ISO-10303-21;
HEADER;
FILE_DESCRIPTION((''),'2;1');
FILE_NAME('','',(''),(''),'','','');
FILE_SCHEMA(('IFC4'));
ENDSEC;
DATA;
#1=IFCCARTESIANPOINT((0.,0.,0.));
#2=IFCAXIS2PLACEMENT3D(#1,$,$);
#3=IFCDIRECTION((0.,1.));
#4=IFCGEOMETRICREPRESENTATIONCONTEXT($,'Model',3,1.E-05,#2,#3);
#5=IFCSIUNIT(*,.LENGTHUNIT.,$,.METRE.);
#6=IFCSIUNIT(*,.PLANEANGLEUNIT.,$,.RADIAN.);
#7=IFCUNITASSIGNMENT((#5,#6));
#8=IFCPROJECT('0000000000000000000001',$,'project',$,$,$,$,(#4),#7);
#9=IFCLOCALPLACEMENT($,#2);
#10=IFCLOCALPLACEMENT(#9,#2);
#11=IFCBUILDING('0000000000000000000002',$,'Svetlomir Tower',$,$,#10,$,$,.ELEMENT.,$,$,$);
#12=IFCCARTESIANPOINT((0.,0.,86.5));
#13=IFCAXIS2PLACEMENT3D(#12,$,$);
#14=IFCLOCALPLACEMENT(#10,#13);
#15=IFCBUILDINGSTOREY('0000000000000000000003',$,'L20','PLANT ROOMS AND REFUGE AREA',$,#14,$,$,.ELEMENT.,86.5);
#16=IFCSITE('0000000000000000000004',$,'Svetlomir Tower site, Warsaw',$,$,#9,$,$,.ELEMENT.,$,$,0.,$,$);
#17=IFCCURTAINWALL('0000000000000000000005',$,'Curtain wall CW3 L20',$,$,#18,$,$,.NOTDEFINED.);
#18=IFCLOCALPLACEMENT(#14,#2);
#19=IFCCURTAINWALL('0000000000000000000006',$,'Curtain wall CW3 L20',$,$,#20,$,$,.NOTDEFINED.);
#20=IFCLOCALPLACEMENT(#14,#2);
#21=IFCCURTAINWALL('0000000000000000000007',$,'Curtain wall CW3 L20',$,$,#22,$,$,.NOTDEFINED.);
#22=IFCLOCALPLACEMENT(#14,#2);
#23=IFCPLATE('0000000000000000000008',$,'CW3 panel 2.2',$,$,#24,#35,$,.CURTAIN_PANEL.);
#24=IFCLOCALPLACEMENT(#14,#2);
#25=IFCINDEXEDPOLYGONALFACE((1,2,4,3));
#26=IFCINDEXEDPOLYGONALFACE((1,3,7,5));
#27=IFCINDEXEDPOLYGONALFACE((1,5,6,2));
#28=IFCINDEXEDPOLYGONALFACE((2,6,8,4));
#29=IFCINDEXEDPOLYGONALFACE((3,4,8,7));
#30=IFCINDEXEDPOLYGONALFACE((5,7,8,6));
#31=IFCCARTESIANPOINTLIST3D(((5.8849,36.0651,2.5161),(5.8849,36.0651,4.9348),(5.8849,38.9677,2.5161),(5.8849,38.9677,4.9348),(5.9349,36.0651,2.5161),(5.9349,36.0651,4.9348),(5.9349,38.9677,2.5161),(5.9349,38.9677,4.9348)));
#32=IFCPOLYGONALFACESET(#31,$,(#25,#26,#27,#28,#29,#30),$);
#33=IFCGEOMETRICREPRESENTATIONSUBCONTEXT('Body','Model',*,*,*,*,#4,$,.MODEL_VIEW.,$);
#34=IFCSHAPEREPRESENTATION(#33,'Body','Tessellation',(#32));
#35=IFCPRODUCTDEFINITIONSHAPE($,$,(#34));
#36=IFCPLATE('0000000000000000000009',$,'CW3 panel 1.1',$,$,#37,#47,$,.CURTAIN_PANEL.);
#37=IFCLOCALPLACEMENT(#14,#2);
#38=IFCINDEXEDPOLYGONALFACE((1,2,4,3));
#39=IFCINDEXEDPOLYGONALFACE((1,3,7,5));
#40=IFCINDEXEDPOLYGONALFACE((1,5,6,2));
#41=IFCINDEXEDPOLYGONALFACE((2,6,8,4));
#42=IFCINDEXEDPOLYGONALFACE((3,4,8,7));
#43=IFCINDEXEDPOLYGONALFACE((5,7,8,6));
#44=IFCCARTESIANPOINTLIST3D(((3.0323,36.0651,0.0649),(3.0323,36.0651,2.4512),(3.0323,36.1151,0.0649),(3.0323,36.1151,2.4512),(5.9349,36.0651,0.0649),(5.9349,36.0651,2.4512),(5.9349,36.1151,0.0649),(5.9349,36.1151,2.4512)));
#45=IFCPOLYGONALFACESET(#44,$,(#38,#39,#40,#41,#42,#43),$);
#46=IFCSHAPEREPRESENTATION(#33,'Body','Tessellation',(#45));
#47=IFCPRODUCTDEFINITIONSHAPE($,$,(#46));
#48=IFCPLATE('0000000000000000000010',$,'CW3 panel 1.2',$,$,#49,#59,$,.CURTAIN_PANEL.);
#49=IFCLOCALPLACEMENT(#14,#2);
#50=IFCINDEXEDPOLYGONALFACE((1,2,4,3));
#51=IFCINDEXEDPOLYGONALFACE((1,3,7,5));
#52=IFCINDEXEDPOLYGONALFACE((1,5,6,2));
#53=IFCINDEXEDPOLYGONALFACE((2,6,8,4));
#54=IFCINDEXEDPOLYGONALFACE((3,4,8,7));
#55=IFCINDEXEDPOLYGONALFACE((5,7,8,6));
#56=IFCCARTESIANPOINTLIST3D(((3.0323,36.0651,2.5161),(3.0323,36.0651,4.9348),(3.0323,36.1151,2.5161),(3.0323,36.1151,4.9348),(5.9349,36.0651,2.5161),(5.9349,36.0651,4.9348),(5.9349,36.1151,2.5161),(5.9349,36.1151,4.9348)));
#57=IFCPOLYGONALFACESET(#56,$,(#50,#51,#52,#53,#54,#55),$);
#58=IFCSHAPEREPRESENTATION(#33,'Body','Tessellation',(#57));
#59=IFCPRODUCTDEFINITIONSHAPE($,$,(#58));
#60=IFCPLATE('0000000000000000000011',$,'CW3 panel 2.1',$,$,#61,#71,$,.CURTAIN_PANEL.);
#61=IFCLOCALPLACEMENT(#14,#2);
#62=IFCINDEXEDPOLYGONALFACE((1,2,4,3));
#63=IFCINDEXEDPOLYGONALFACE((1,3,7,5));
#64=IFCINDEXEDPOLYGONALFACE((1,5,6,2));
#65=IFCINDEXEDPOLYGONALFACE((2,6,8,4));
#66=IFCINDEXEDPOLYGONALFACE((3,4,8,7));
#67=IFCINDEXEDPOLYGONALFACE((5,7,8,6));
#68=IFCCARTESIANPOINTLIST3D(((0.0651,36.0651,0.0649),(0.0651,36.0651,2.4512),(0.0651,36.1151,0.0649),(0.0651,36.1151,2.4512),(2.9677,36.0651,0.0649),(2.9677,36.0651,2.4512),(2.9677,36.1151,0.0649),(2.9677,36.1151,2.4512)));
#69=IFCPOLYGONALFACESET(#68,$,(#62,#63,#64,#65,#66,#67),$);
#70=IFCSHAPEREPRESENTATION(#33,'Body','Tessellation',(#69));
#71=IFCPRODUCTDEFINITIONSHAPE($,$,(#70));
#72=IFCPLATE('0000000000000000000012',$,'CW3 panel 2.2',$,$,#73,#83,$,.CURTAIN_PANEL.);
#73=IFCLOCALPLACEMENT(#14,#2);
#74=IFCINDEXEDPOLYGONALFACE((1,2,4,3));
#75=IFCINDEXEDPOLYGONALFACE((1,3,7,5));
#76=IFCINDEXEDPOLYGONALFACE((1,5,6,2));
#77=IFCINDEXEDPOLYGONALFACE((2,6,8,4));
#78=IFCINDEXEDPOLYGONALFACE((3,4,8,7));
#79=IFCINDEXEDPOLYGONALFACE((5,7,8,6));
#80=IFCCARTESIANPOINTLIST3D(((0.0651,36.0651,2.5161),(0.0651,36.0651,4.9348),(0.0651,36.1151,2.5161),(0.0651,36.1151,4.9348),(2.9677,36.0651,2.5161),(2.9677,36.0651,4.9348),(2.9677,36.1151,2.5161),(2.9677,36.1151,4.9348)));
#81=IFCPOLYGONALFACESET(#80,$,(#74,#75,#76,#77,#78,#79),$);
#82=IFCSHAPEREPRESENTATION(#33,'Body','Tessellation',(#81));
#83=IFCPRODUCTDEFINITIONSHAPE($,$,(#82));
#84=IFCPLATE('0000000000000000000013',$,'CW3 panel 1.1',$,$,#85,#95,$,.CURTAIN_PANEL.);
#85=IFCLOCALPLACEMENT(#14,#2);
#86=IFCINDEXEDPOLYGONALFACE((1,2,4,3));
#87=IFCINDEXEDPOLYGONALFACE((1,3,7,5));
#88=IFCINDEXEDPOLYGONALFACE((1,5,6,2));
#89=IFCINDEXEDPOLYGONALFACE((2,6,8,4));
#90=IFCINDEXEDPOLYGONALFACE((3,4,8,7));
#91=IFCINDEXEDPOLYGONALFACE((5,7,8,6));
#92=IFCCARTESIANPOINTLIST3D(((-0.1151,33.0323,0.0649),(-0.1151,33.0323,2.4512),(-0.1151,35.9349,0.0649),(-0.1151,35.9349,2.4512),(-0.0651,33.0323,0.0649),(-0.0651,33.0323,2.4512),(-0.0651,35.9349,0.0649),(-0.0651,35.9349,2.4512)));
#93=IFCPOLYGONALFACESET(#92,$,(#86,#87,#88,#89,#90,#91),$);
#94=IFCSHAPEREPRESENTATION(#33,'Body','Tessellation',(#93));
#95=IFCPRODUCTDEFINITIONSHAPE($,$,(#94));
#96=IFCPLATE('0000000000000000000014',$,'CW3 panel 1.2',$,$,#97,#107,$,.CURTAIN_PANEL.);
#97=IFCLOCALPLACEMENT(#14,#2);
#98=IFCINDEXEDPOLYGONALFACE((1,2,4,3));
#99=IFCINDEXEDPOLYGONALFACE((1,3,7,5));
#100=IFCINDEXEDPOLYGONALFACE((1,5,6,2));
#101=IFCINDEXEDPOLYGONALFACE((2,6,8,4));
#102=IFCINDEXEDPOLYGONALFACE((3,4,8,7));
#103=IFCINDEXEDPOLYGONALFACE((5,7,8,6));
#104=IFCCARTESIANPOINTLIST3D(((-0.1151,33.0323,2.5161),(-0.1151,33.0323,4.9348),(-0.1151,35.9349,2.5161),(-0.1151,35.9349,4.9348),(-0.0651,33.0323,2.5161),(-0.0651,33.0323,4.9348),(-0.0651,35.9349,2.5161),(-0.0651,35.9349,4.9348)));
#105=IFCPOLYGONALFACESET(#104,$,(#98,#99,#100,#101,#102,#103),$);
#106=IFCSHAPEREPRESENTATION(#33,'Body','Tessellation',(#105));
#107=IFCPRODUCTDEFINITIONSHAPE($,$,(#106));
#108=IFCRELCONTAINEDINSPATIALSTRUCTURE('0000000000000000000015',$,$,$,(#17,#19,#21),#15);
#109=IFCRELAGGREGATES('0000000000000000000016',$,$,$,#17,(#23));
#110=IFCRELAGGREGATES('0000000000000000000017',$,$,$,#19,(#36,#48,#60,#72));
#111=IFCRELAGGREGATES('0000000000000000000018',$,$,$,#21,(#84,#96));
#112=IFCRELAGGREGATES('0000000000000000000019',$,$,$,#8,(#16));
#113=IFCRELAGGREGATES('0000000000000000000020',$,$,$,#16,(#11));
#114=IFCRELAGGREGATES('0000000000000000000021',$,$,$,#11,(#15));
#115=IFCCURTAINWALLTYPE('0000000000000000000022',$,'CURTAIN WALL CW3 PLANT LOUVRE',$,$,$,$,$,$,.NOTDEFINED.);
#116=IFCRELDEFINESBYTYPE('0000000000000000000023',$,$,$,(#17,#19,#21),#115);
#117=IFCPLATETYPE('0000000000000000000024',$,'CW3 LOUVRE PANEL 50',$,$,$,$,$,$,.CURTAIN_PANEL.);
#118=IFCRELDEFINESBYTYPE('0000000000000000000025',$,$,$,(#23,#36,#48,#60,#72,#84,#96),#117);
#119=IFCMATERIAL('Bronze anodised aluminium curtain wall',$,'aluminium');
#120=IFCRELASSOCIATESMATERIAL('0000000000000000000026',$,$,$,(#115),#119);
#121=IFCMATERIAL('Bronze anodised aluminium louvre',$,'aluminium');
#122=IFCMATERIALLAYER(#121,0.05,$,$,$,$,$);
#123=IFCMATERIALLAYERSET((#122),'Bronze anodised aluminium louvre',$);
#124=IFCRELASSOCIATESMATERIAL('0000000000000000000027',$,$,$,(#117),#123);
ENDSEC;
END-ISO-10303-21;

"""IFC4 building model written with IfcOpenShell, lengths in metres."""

from ifc_helpers import new_model, si_unit, direction, frame, origin, origin_2d, place, context, subcontext, project, spatial, rectangle, extrude, material, layer, layer_set, type_object, element, aggregate, save


model = new_model("IFC4")

# Units and contexts
model_context = context("Model", 3, precision=1e-05, world=origin(), true_north=direction((0.0, 1.0)))
body_context = subcontext(model_context, "Body", "Model", "MODEL_VIEW")
ifc_project = project(units=[si_unit("LENGTHUNIT", "METRE"), si_unit("PLANEANGLEUNIT", "RADIAN")], contexts=[model_context])

# Site, building, storey
site_placement = place(None, origin())
site = spatial("IfcSite", under=ifc_project, at=site_placement, Name="Svetlomir Tower site, Warsaw", CompositionType="ELEMENT", RefElevation=0.0)
building_placement = place(site_placement, origin())
building = spatial("IfcBuilding", under=site, at=building_placement, Name="Svetlomir Tower", CompositionType="ELEMENT")
storey_placement = place(building_placement, frame((0.0, 0.0, 86.5)))
storey = spatial("IfcBuildingStorey", under=building, at=storey_placement, Name="L20", Description="PLANT ROOMS AND REFUGE AREA", CompositionType="ELEMENT", Elevation=86.5)

# Curtain walls
ifc_material_1 = material(Name="Bronze anodised aluminium curtain wall", Category="aluminium")
curtain_wall_type = type_object("IfcCurtainWallType", Name="CURTAIN WALL CW3 PLANT LOUVRE", PredefinedType="NOTDEFINED", material=ifc_material_1)
curtain_wall_1_placement = place(storey_placement, origin())
curtain_wall_1 = element("IfcCurtainWall", 1, at=curtain_wall_1_placement, inside=storey, type_object=curtain_wall_type, Name="Curtain wall CW3 L20", PredefinedType="NOTDEFINED")
curtain_wall_2_placement = place(storey_placement, origin())
curtain_wall_2 = element("IfcCurtainWall", 2, at=curtain_wall_2_placement, inside=storey, type_object=curtain_wall_type, Name="Curtain wall CW3 L20", PredefinedType="NOTDEFINED")
curtain_wall_3_placement = place(storey_placement, origin())
curtain_wall_3 = element("IfcCurtainWall", 3, at=curtain_wall_3_placement, inside=storey, type_object=curtain_wall_type, Name="Curtain wall CW3 L20", PredefinedType="NOTDEFINED")

# Plates
ifc_material_2 = material(Name="Bronze anodised aluminium louvre", Category="aluminium")
ifc_layer = layer(ifc_material_2, 0.05)
ifc_layer_set = layer_set([ifc_layer], Name="Bronze anodised aluminium louvre")
plate_type = type_object("IfcPlateType", Name="CW3 LOUVRE PANEL 50", PredefinedType="CURTAIN_PANEL", material=ifc_layer_set)
plate_1_placement = place(storey_placement, frame((5.9099, 37.5164, 2.5161), z_axis=(0.0, 0.0, 1.0), x_axis=(0.0, -1.0, 0.0)))
plate_1 = element("IfcPlate", 4, at=plate_1_placement, type_object=plate_type, Name="CW3 panel 2.2", PredefinedType="CURTAIN_PANEL", context=body_context, shape_type="SweptSolid", body=[
    extrude(rectangle(XDim=2.9026, YDim=0.05, at=origin_2d()), origin(), (0.0, 0.0, 1.0), 2.4187),
])
aggregate(curtain_wall_1, [plate_1])
plate_2_placement = place(storey_placement, frame((4.4836, 36.0901, 0.0649), z_axis=(0.0, 0.0, 1.0), x_axis=(-1.0, 0.0, 0.0)))
plate_2 = element("IfcPlate", 5, at=plate_2_placement, type_object=plate_type, Name="CW3 panel 1.1", PredefinedType="CURTAIN_PANEL", context=body_context, shape_type="SweptSolid", body=[
    extrude(rectangle(XDim=2.9026, YDim=0.05, at=origin_2d()), origin(), (0.0, 0.0, 1.0), 2.3862),
])
plate_3_placement = place(storey_placement, frame((4.4836, 36.0901, 2.5161), z_axis=(0.0, 0.0, 1.0), x_axis=(-1.0, 0.0, 0.0)))
plate_3 = element("IfcPlate", 6, at=plate_3_placement, type_object=plate_type, Name="CW3 panel 1.2", PredefinedType="CURTAIN_PANEL", context=body_context, shape_type="SweptSolid", body=[
    extrude(rectangle(XDim=2.9026, YDim=0.05, at=origin_2d()), origin(), (0.0, 0.0, 1.0), 2.4187),
])
plate_4_placement = place(storey_placement, frame((1.5164, 36.0901, 0.0649), z_axis=(0.0, 0.0, 1.0), x_axis=(-1.0, 0.0, 0.0)))
plate_4 = element("IfcPlate", 7, at=plate_4_placement, type_object=plate_type, Name="CW3 panel 2.1", PredefinedType="CURTAIN_PANEL", context=body_context, shape_type="SweptSolid", body=[
    extrude(rectangle(XDim=2.9026, YDim=0.05, at=origin_2d()), origin(), (0.0, 0.0, 1.0), 2.3862),
])
plate_5_placement = place(storey_placement, frame((1.5164, 36.0901, 2.5161), z_axis=(0.0, 0.0, 1.0), x_axis=(-1.0, 0.0, 0.0)))
plate_5 = element("IfcPlate", 8, at=plate_5_placement, type_object=plate_type, Name="CW3 panel 2.2", PredefinedType="CURTAIN_PANEL", context=body_context, shape_type="SweptSolid", body=[
    extrude(rectangle(XDim=2.9026, YDim=0.05, at=origin_2d()), origin(), (0.0, 0.0, 1.0), 2.4187),
])
aggregate(curtain_wall_2, [plate_2, plate_3, plate_4, plate_5])
plate_6_placement = place(storey_placement, frame((-0.0901, 34.4836, 0.0649), z_axis=(0.0, 0.0, 1.0), x_axis=(0.0, -1.0, 0.0)))
plate_6 = element("IfcPlate", 9, at=plate_6_placement, type_object=plate_type, Name="CW3 panel 1.1", PredefinedType="CURTAIN_PANEL", context=body_context, shape_type="SweptSolid", body=[
    extrude(rectangle(XDim=2.9026, YDim=0.05, at=origin_2d()), origin(), (0.0, 0.0, 1.0), 2.3862),
])
plate_7_placement = place(storey_placement, frame((-0.0901, 34.4836, 2.5161), z_axis=(0.0, 0.0, 1.0), x_axis=(0.0, -1.0, 0.0)))
plate_7 = element("IfcPlate", 10, at=plate_7_placement, type_object=plate_type, Name="CW3 panel 1.2", PredefinedType="CURTAIN_PANEL", context=body_context, shape_type="SweptSolid", body=[
    extrude(rectangle(XDim=2.9026, YDim=0.05, at=origin_2d()), origin(), (0.0, 0.0, 1.0), 2.4187),
])
aggregate(curtain_wall_3, [plate_6, plate_7])

save(model, "model.ifc")
